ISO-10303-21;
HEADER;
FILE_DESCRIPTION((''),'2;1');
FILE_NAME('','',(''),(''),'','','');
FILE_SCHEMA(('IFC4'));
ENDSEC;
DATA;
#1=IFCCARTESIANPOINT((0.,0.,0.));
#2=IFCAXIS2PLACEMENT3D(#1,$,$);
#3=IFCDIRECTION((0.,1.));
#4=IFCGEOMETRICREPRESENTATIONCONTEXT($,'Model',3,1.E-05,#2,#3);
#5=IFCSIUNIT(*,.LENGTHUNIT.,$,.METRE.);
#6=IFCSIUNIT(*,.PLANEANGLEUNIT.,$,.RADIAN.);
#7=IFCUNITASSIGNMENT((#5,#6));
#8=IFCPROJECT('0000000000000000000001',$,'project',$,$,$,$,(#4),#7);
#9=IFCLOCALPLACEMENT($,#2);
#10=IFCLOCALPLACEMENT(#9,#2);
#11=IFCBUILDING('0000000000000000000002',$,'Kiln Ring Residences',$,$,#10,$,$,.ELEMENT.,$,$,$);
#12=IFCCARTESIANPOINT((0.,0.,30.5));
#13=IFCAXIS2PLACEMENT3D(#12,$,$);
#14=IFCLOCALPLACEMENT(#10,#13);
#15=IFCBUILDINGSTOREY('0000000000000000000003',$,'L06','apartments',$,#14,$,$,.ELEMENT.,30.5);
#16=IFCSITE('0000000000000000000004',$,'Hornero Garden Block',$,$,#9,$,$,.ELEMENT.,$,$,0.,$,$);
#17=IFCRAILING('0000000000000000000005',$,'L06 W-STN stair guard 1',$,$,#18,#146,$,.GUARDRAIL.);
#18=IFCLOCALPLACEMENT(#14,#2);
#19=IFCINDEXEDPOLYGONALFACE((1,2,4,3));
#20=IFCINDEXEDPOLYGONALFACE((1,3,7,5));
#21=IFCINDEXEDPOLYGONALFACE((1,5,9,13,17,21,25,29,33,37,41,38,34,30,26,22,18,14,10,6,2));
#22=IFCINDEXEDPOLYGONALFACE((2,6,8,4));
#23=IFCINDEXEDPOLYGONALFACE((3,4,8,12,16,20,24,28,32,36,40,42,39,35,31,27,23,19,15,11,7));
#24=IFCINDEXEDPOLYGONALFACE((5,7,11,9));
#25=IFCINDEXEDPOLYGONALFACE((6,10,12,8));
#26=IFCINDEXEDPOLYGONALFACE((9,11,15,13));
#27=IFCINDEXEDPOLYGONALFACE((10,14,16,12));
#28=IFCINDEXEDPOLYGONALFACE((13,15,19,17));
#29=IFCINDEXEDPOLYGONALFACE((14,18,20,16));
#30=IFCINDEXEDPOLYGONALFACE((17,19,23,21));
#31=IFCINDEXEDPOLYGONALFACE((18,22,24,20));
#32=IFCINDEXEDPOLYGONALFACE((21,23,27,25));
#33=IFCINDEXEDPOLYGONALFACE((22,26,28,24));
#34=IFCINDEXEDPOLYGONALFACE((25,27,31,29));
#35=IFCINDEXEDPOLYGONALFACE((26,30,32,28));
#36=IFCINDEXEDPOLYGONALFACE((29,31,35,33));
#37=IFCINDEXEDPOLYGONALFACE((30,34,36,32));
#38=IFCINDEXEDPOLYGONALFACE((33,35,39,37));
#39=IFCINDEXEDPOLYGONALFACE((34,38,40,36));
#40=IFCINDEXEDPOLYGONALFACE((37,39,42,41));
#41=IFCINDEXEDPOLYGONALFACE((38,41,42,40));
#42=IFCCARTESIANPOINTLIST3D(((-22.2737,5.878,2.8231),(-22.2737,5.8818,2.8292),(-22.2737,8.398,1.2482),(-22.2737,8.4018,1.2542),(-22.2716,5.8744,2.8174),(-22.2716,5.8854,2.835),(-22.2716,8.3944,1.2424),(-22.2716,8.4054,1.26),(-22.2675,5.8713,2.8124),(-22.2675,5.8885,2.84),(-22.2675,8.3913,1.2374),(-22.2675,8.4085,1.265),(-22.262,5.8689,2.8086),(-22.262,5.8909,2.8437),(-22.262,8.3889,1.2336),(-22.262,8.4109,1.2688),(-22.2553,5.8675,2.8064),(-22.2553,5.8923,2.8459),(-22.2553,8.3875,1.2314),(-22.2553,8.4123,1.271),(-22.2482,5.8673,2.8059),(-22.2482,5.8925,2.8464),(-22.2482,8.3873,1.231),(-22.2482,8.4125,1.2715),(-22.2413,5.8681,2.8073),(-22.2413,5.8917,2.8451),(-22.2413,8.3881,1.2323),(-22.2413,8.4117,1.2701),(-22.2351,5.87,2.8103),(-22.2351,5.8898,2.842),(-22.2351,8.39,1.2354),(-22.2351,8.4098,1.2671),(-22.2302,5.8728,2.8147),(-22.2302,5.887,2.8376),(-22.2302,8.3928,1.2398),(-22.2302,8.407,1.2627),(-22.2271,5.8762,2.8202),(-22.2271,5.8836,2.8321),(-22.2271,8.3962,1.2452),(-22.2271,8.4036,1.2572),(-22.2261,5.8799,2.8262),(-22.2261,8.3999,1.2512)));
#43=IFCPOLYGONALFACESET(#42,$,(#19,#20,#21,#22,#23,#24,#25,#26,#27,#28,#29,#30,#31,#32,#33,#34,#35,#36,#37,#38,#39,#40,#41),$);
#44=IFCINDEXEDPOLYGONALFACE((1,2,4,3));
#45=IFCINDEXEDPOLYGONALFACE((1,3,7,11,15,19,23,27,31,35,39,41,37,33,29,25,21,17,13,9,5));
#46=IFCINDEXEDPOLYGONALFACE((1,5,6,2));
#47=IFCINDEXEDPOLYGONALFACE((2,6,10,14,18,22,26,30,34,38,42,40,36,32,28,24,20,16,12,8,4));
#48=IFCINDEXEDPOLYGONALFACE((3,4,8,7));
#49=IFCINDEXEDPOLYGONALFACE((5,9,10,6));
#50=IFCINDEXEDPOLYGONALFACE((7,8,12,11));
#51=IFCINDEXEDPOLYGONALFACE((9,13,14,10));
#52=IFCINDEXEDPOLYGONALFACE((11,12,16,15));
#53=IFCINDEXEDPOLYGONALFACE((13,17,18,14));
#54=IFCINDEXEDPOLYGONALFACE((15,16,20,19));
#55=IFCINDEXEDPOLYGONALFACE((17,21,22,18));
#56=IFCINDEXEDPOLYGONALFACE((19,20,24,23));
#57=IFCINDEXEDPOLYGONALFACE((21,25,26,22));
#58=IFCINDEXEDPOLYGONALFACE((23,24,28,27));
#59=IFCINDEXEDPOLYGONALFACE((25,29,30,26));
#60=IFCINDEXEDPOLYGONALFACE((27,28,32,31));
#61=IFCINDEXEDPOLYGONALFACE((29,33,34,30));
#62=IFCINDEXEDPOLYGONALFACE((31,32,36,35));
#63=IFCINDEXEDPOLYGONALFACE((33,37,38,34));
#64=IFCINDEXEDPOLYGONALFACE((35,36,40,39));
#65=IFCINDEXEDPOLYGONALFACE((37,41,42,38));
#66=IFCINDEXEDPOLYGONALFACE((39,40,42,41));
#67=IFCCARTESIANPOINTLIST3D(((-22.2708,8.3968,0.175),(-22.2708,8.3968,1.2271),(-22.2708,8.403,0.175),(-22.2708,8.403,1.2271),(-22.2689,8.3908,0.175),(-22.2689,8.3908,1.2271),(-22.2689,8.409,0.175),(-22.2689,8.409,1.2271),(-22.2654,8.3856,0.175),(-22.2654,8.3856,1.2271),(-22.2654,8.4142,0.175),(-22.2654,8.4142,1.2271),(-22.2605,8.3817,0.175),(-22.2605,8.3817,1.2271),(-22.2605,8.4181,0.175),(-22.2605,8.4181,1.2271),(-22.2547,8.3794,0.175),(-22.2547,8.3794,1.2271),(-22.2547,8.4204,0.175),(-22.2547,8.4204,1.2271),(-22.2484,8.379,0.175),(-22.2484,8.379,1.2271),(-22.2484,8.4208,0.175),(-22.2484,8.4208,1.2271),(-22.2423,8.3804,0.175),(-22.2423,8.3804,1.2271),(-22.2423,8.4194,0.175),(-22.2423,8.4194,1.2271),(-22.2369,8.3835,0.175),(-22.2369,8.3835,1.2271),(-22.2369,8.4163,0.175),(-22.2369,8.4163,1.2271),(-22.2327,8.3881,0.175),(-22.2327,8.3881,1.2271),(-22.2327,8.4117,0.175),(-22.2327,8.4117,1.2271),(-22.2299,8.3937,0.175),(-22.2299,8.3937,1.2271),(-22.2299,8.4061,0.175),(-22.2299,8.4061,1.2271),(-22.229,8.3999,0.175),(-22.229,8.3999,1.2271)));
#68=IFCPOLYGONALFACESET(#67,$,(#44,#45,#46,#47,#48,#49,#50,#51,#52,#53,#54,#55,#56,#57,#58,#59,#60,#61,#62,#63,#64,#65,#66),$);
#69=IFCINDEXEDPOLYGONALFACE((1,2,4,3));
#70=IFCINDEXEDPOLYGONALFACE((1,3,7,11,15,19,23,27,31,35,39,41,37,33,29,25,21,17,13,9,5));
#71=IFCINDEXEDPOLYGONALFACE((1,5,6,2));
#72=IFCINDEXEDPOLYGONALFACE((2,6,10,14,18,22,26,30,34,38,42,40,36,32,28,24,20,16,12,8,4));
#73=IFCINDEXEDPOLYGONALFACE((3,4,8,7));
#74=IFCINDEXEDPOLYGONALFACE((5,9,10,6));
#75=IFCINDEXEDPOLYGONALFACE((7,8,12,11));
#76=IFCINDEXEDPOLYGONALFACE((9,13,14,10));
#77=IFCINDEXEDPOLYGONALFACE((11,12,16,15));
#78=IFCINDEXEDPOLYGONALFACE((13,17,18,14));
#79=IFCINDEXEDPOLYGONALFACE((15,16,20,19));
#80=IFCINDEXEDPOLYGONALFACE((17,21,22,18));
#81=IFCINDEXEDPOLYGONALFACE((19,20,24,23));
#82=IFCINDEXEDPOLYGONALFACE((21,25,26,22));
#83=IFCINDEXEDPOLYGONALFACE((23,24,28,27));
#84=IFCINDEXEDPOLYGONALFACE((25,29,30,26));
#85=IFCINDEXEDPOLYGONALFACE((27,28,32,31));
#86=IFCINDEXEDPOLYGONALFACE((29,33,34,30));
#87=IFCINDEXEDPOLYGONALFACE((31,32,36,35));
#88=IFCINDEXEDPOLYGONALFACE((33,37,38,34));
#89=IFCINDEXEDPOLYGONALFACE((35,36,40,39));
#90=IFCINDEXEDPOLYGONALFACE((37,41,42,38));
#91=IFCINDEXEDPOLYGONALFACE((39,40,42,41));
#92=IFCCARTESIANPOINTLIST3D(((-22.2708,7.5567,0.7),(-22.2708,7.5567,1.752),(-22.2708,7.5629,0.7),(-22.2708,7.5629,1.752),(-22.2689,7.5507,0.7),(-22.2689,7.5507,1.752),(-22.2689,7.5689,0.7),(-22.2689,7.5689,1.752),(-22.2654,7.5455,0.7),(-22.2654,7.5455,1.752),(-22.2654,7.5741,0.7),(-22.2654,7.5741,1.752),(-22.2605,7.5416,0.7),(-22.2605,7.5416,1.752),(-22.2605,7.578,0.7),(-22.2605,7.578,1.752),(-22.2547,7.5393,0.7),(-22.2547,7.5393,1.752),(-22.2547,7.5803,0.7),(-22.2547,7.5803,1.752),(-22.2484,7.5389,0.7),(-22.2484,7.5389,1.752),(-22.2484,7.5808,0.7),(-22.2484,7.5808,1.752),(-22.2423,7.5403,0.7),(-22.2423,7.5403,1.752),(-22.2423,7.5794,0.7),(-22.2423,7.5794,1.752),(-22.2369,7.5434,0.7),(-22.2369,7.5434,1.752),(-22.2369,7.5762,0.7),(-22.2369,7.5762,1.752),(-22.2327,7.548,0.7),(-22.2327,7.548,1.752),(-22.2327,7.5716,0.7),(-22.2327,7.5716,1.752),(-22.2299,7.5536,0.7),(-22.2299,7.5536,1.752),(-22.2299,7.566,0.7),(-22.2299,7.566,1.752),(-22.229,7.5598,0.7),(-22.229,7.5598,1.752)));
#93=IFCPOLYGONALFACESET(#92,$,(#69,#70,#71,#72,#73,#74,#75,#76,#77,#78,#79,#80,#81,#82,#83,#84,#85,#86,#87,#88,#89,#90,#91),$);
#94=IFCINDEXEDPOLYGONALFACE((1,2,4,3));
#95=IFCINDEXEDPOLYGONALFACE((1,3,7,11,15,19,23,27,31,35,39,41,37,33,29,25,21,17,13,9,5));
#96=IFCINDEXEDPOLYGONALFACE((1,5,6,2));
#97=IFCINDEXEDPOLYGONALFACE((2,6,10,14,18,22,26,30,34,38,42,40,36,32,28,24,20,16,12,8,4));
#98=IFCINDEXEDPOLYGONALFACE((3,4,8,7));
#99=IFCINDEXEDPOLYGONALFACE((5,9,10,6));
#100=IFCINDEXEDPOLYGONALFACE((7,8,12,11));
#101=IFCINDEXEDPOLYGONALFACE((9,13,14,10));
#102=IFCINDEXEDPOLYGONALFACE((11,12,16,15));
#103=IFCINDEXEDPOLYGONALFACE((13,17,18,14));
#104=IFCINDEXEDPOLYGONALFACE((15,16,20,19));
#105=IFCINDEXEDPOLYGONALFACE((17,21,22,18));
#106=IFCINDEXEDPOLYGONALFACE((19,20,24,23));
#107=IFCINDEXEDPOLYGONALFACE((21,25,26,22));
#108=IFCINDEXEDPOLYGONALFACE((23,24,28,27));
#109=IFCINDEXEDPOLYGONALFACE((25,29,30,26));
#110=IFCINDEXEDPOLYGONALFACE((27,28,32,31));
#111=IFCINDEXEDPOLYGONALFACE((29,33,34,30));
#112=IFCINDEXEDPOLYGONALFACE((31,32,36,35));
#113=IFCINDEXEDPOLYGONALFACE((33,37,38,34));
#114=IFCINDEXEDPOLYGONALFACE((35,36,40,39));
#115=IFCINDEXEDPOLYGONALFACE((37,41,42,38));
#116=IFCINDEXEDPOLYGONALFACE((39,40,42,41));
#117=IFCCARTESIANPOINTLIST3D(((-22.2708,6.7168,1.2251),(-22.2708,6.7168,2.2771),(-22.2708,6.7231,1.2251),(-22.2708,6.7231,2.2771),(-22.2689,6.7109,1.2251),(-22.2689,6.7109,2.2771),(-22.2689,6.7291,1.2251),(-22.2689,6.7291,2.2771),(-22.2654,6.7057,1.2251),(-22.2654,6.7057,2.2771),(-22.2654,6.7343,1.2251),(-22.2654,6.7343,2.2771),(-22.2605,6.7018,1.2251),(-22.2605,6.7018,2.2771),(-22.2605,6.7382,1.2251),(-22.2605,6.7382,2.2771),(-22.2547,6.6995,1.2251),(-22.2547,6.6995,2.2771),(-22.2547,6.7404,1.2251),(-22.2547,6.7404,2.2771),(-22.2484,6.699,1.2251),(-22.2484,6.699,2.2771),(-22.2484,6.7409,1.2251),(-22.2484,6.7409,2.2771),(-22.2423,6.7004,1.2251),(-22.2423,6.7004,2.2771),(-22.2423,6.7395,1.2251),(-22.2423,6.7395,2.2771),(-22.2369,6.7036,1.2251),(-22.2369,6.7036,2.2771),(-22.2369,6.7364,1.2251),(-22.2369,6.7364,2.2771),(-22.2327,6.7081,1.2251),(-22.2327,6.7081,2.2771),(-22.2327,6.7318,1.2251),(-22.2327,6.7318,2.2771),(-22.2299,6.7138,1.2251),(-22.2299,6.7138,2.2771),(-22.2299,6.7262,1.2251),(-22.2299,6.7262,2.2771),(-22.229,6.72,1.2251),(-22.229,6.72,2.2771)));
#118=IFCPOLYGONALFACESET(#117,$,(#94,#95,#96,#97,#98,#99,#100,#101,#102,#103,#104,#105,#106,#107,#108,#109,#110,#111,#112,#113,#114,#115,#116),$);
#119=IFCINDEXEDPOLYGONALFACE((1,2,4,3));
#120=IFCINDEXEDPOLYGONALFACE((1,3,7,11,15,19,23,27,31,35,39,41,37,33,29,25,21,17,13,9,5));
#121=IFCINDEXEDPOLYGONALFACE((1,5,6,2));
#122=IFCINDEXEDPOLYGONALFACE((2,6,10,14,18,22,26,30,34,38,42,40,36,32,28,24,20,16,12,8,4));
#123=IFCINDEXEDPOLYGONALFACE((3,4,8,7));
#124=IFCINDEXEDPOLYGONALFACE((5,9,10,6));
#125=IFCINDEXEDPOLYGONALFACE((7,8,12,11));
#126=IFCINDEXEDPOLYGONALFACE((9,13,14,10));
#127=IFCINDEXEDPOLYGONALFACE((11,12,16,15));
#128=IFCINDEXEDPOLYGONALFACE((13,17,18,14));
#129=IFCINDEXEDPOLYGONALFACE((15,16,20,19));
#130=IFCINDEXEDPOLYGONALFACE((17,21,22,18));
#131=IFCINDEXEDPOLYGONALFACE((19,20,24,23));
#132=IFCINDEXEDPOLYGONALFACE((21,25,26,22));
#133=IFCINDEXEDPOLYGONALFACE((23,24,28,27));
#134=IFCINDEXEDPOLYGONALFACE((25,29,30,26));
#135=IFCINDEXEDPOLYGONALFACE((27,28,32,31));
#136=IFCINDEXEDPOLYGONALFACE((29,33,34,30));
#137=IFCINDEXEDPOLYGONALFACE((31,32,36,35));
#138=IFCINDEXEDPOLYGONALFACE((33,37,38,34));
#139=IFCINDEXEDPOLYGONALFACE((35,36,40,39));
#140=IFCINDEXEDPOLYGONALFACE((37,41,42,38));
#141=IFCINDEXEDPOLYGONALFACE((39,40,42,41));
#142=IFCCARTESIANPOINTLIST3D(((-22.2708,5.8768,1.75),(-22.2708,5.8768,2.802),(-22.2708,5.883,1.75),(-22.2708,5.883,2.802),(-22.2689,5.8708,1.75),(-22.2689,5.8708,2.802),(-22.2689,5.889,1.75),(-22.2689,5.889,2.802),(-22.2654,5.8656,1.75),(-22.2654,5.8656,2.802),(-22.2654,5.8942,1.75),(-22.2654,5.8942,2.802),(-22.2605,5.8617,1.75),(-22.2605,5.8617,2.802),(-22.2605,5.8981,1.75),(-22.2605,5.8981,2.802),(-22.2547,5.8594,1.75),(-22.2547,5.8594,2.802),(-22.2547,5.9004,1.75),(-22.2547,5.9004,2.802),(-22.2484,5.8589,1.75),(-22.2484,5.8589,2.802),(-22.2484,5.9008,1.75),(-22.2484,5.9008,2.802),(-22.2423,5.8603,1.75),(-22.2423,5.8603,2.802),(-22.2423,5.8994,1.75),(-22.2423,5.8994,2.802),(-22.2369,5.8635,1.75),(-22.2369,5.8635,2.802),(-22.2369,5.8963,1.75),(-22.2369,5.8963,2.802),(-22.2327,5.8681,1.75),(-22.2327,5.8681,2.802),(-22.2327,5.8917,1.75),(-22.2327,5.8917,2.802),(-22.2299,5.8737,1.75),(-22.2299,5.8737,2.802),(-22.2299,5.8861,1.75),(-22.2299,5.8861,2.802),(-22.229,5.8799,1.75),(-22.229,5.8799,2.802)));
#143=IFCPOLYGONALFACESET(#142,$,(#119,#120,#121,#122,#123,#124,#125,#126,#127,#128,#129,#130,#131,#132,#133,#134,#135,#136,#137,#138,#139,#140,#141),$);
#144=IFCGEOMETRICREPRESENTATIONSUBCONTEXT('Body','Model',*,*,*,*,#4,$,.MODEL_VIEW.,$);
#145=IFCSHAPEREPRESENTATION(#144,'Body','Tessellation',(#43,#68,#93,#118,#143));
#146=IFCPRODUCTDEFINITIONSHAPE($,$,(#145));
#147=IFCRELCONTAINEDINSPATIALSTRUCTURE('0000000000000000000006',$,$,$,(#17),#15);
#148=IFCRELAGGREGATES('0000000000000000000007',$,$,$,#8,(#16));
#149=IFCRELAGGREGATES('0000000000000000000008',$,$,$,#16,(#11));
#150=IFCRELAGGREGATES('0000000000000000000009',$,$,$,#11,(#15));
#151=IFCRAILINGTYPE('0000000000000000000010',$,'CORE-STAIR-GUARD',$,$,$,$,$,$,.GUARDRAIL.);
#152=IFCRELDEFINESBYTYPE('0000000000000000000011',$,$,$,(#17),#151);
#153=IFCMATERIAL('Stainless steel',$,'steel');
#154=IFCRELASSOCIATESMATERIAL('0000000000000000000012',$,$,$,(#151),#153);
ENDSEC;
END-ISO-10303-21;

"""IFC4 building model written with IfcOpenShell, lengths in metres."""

from ifc_helpers import new_model, si_unit, direction, frame, origin, origin_2d, place, context, subcontext, project, spatial, circle, extrude, material, type_object, element, save


model = new_model("IFC4")

# Units and contexts
model_context = context("Model", 3, precision=1e-05, world=origin(), true_north=direction((0.0, 1.0)))
body_context = subcontext(model_context, "Body", "Model", "MODEL_VIEW")
ifc_project = project(units=[si_unit("LENGTHUNIT", "METRE"), si_unit("PLANEANGLEUNIT", "RADIAN")], contexts=[model_context])

# Site, building, storey
site_placement = place(None, origin())
site = spatial("IfcSite", under=ifc_project, at=site_placement, Name="Hornero Garden Block", CompositionType="ELEMENT", RefElevation=0.0)
building_placement = place(site_placement, origin())
building = spatial("IfcBuilding", under=site, at=building_placement, Name="Kiln Ring Residences", CompositionType="ELEMENT")
storey_placement = place(building_placement, frame((0.0, 0.0, 30.5)))
storey = spatial("IfcBuildingStorey", under=building, at=storey_placement, Name="L06", Description="apartments", CompositionType="ELEMENT", Elevation=30.5)

# Railing
ifc_material_1 = material(Name="Stainless steel", Category="steel")
railing_type_1 = type_object("IfcRailingType", Name="CORE-STAIR-GUARD", PredefinedType="GUARDRAIL", material=ifc_material_1)
railing_1_placement = place(storey_placement, frame((-22.25, 8.3999, 0.175)))
element("IfcRailing", 1, at=railing_1_placement, inside=storey, type_object=railing_type_1, Name="L06 W-STN stair guard 1", PredefinedType="GUARDRAIL", context=body_context, shape_type="SweptSolid", body=[
    extrude(circle(Radius=0.0239, at=origin_2d()), frame((0.0, 0.0, 1.0762), z_axis=(0.0, -0.848008, 0.529984), x_axis=(1.0, 0.0, 0.0)), (0.0, 0.0, 1.0), 2.9717),
    extrude(circle(Radius=0.021, at=origin_2d()), origin(), (0.0, 0.0, 1.0), 1.052),
    extrude(circle(Radius=0.021, at=origin_2d()), frame((0.0, -0.8401, 0.5249)), (0.0, 0.0, 1.0), 1.052),
    extrude(circle(Radius=0.021, at=origin_2d()), frame((0.0, -1.6799, 1.05)), (0.0, 0.0, 1.0), 1.052),
    extrude(circle(Radius=0.021, at=origin_2d()), frame((0.0, -2.52, 1.575)), (0.0, 0.0, 1.0), 1.052),
])

save(model, "model.ifc")
